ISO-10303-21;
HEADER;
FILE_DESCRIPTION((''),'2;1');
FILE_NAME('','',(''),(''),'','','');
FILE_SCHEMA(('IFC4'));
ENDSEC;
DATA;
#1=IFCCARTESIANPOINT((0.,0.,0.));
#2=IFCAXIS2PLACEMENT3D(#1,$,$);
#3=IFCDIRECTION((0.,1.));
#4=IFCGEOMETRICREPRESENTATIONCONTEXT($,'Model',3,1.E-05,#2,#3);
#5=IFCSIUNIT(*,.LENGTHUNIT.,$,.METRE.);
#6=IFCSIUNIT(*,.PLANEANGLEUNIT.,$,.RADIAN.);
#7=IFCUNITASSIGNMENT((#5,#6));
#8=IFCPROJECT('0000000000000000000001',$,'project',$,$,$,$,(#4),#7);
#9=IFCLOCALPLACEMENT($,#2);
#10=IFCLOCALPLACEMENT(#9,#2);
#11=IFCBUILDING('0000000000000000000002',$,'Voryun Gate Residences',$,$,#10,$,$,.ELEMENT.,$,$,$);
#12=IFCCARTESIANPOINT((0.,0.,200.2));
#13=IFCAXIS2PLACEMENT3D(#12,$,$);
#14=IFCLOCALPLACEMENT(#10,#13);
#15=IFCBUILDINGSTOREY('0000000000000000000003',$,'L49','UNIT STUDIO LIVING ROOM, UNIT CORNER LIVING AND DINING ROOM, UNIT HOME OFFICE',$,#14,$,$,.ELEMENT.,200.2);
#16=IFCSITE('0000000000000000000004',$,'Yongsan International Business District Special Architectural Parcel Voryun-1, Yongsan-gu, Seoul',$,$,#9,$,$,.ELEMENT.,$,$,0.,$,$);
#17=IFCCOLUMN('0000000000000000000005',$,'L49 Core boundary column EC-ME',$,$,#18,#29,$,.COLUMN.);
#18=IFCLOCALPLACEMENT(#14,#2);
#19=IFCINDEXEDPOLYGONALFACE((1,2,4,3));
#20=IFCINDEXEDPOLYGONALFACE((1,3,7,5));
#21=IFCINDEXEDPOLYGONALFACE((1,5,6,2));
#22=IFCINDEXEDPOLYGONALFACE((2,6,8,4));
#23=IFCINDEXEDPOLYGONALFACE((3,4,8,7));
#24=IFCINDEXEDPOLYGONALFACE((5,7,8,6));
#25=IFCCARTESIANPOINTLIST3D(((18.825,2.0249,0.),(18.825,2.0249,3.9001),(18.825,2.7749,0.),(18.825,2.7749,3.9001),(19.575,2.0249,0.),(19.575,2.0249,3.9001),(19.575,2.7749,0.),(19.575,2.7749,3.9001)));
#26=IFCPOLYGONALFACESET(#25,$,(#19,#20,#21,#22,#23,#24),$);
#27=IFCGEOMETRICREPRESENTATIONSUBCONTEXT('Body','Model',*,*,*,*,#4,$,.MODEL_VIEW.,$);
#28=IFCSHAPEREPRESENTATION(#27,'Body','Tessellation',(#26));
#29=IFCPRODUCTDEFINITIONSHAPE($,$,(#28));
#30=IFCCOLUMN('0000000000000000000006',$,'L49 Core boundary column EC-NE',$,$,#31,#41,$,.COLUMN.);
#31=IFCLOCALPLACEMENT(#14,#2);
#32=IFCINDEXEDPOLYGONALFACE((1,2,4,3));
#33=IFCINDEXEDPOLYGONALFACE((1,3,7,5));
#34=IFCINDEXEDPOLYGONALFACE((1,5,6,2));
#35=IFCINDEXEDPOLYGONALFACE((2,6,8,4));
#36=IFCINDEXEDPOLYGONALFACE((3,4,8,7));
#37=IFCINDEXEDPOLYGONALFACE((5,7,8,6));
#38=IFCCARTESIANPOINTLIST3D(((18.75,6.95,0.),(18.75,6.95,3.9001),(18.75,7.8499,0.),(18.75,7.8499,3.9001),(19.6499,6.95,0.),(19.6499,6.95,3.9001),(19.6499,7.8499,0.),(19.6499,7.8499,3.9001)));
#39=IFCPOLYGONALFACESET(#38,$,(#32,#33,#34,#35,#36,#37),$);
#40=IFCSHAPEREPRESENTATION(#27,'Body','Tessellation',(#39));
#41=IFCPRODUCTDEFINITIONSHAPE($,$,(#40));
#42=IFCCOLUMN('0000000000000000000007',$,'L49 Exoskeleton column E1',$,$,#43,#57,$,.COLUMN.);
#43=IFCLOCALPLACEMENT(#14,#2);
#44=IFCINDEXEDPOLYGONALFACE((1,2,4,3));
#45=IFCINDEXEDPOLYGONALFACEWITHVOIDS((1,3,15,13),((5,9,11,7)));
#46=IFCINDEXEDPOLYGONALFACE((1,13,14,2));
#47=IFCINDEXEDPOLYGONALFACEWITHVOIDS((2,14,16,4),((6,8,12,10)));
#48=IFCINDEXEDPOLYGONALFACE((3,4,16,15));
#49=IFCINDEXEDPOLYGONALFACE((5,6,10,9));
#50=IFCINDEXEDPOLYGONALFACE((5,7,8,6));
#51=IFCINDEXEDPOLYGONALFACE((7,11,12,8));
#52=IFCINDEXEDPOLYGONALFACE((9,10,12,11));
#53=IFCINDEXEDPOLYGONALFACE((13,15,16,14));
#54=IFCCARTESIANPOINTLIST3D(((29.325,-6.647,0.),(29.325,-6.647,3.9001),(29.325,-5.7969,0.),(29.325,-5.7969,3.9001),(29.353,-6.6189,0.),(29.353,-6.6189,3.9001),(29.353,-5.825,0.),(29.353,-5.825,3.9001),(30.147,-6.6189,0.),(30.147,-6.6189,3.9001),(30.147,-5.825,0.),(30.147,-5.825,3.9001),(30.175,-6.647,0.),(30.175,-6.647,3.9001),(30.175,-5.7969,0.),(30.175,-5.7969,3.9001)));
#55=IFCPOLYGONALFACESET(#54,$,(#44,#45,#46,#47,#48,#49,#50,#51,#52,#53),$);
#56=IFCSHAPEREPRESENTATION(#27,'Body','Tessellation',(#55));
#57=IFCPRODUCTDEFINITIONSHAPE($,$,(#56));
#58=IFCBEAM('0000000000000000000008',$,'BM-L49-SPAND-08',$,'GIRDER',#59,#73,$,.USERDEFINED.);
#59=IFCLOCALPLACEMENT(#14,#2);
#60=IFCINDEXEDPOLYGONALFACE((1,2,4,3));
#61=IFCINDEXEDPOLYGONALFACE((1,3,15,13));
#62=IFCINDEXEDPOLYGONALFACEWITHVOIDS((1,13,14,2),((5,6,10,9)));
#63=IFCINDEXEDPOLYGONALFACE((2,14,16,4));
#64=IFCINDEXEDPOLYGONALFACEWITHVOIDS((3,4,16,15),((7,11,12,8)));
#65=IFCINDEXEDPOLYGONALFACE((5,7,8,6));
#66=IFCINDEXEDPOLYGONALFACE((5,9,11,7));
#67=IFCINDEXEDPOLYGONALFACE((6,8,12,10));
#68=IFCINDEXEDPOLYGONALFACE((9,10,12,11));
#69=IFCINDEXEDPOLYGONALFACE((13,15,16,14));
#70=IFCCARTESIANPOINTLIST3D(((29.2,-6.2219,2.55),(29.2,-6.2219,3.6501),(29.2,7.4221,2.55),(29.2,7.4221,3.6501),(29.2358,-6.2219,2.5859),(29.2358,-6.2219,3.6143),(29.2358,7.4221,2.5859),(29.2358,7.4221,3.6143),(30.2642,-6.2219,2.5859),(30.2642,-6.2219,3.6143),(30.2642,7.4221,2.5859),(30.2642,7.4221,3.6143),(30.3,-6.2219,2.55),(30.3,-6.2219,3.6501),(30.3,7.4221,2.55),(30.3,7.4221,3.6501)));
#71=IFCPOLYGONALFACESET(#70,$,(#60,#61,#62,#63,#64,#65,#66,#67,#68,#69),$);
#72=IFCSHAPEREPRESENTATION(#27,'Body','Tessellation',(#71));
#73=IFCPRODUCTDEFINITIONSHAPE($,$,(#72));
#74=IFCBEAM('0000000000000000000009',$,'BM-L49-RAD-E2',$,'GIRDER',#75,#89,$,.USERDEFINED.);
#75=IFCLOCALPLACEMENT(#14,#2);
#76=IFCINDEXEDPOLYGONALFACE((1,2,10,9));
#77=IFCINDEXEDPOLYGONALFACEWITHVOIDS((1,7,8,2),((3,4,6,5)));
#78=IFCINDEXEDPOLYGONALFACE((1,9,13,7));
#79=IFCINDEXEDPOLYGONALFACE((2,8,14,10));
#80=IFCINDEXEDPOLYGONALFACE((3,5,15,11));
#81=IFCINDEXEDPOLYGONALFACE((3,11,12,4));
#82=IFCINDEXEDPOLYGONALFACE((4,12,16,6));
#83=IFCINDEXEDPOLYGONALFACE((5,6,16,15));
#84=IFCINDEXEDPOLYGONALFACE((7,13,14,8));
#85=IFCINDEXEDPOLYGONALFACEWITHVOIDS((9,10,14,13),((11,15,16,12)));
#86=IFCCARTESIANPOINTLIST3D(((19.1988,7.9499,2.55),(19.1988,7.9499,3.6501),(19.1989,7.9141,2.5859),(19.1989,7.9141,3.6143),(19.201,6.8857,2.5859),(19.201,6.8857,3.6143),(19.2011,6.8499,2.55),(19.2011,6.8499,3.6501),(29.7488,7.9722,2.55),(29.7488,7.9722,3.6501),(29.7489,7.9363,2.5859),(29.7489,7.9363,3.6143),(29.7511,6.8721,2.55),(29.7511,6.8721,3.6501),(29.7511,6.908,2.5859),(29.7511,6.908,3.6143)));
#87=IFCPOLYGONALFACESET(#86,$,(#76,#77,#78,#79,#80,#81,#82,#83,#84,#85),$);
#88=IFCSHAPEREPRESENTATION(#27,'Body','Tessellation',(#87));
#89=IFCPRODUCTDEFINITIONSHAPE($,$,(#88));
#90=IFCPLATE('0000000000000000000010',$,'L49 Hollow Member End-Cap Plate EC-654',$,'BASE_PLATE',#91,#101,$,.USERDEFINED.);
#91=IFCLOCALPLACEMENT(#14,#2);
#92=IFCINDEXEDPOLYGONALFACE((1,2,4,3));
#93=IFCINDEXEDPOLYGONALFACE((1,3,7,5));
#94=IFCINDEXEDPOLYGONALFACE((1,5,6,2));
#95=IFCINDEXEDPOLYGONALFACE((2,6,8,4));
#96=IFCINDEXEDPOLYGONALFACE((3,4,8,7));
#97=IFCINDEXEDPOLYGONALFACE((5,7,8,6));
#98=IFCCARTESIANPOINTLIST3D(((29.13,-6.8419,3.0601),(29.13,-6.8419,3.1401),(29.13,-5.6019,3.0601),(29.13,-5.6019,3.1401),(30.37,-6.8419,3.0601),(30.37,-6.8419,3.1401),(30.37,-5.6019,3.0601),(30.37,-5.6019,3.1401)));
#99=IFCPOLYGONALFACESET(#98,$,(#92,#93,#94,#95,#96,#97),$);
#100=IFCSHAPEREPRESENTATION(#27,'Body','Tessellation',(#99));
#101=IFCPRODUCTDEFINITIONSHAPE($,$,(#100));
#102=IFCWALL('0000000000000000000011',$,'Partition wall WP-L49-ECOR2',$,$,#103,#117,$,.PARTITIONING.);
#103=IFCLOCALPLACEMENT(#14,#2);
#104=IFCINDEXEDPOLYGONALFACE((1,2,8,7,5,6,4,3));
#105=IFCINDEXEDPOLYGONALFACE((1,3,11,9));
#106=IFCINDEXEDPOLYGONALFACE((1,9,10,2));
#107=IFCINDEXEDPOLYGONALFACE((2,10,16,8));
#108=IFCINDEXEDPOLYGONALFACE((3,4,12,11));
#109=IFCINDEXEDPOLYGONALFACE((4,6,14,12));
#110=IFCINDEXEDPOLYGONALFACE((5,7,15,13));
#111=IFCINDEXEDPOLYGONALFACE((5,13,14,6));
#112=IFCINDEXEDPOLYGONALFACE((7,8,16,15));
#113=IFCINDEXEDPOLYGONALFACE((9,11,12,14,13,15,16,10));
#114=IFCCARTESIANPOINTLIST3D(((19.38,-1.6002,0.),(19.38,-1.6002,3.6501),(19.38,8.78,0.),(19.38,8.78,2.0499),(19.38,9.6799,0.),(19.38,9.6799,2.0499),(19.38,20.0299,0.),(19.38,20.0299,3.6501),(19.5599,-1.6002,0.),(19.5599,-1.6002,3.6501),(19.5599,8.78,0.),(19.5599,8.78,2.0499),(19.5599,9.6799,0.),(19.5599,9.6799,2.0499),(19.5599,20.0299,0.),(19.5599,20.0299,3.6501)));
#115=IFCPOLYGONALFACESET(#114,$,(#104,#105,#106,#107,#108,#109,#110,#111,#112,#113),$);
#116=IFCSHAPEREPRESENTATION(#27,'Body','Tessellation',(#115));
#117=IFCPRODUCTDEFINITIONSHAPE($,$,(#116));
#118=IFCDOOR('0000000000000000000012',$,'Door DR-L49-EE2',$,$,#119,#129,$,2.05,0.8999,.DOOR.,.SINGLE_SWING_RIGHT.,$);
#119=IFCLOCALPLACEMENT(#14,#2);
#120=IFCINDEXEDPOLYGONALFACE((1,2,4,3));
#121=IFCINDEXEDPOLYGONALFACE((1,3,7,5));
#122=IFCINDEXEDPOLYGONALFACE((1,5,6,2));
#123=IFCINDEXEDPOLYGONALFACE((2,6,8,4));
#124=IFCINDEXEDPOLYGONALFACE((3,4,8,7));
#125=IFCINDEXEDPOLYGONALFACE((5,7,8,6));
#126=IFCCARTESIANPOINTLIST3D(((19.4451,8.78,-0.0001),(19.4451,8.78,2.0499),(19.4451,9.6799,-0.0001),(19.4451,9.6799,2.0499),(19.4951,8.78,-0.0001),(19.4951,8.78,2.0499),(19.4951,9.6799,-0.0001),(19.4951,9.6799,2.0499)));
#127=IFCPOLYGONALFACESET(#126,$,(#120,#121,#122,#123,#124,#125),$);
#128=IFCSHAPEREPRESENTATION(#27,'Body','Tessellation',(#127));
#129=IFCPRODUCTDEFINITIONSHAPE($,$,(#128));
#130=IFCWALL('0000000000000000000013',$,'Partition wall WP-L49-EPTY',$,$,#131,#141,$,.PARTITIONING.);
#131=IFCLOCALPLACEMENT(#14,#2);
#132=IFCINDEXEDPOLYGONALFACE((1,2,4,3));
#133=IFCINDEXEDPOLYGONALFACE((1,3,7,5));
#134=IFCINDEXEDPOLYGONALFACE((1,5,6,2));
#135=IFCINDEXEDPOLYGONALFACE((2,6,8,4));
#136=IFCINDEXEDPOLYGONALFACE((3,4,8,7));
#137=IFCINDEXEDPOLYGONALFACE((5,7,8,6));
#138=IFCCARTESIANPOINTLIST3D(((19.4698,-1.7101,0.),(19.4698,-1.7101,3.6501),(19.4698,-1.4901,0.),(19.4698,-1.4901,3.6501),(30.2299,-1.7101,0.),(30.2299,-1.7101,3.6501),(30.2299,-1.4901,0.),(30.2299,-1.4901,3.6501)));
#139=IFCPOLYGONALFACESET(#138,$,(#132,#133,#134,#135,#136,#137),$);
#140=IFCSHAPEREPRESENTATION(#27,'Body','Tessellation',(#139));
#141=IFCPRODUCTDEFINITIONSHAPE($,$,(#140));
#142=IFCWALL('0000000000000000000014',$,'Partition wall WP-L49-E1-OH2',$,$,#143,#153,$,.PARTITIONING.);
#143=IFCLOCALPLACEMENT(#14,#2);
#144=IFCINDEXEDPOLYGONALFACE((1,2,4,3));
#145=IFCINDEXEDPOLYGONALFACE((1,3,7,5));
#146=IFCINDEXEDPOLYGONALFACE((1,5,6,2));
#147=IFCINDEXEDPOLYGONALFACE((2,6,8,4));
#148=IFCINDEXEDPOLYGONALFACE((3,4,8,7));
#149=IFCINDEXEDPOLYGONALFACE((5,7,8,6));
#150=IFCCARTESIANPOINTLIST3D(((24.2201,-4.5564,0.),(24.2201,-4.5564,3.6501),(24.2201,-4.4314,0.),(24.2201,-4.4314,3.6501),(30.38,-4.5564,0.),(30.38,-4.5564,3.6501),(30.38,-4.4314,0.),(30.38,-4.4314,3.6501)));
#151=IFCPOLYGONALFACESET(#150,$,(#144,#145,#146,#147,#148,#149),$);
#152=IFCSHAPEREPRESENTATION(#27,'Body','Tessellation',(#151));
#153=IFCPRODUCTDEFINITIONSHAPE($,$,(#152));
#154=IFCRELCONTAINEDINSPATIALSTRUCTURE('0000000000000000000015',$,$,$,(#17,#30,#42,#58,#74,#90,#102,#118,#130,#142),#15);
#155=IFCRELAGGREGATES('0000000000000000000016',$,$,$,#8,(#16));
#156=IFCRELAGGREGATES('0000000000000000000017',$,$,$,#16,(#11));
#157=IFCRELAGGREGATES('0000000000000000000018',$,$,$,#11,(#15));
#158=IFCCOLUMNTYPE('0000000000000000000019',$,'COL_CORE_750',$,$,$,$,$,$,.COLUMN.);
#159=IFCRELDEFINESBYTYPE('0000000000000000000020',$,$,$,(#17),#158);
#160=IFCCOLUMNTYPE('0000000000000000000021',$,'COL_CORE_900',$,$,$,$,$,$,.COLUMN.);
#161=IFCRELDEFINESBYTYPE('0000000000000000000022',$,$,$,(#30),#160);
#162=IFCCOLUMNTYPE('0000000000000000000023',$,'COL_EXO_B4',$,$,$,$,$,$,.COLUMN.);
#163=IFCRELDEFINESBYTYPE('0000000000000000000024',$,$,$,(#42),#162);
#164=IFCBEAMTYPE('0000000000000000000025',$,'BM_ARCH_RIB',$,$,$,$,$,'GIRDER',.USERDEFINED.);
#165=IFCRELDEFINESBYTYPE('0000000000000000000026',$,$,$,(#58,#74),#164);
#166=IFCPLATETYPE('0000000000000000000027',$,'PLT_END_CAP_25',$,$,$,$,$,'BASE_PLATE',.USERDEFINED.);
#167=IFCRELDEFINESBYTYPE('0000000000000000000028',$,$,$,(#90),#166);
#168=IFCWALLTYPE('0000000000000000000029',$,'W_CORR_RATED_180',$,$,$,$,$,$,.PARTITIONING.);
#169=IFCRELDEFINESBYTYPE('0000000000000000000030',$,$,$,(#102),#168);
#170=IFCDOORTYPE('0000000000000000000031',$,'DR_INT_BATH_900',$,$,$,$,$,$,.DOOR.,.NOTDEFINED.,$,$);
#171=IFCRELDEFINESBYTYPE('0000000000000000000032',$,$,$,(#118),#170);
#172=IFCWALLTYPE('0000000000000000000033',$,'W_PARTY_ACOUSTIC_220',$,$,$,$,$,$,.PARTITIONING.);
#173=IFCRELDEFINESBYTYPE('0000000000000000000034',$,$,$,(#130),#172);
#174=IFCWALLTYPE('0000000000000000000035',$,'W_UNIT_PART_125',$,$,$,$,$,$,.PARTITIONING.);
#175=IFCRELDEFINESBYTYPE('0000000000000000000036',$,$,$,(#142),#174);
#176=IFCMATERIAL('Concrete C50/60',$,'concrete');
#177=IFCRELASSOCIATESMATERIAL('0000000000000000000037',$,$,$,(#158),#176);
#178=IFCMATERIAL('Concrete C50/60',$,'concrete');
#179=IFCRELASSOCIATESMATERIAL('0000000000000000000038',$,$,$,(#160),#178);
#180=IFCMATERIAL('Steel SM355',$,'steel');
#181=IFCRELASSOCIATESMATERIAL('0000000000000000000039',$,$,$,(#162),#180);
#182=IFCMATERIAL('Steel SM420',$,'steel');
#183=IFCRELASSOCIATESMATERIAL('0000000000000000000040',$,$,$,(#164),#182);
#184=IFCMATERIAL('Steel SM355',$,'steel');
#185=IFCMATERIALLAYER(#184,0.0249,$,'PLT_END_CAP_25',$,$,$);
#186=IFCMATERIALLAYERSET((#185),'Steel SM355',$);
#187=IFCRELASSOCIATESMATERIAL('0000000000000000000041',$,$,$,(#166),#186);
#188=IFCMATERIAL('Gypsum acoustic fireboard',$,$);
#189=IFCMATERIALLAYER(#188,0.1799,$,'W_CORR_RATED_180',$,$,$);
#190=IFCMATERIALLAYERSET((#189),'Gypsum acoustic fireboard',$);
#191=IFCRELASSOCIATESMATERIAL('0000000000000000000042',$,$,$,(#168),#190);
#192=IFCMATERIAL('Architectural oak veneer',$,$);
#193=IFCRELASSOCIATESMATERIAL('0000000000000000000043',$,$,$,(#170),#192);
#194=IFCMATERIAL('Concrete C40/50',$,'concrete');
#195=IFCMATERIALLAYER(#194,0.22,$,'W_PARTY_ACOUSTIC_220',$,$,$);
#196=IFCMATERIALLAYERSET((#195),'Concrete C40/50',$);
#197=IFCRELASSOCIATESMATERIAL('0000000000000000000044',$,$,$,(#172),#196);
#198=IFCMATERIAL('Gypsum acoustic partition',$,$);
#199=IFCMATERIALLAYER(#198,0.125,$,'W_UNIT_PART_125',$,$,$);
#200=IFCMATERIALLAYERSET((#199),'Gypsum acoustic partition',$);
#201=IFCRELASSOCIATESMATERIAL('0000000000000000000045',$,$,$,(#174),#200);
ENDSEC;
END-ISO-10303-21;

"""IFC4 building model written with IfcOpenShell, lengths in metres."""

from ifc_helpers import new_model, si_unit, direction, frame, frame_2d, origin, origin_2d, place, context, subcontext, project, spatial, rectangle, hollow_rectangle, extrude, material, layer, layer_set, material_profile, profile_set, type_object, element, fill, save


model = new_model("IFC4")

# Units and contexts
model_context = context("Model", 3, precision=1e-05, world=origin(), true_north=direction((0.0, 1.0)))
body_context = subcontext(model_context, "Body", "Model", "MODEL_VIEW")
ifc_project = project(units=[si_unit("LENGTHUNIT", "METRE"), si_unit("PLANEANGLEUNIT", "RADIAN")], contexts=[model_context])

# Site, building, storey
site_placement = place(None, origin())
site = spatial("IfcSite", under=ifc_project, at=site_placement, Name="Yongsan International Business District Special Architectural Parcel Voryun-1, Yongsan-gu, Seoul", CompositionType="ELEMENT", RefElevation=0.0)
building_placement = place(site_placement, origin())
building = spatial("IfcBuilding", under=site, at=building_placement, Name="Voryun Gate Residences", CompositionType="ELEMENT")
storey_placement = place(building_placement, frame((0.0, 0.0, 200.2)))
storey = spatial("IfcBuildingStorey", under=building, at=storey_placement, Name="L49", Description="UNIT STUDIO LIVING ROOM, UNIT CORNER LIVING AND DINING ROOM, UNIT HOME OFFICE", CompositionType="ELEMENT", Elevation=200.2)

# Columns
ifc_material_1 = material(Name="Concrete C50/60", Category="concrete")
ifc_material_profile_1 = material_profile(ifc_material_1, rectangle(XDim=0.75, YDim=0.75, at=origin_2d()), Name="RC-750x750")
ifc_profile_set_1 = profile_set([ifc_material_profile_1], Name="Concrete C50/60")
column_type_1 = type_object("IfcColumnType", Name="COL_CORE_750", PredefinedType="COLUMN", material=ifc_profile_set_1)
column_1_placement = place(storey_placement, frame((19.2, 2.3999, 0.0), z_axis=(0.0, 0.0, 1.0), x_axis=(1.0, 0.0, 0.0)))
element("IfcColumn", 1, at=column_1_placement, inside=storey, type_object=column_type_1, Name="L49 Core boundary column EC-ME", PredefinedType="COLUMN", context=body_context, shape_type="SweptSolid", body=[
    extrude(rectangle(XDim=0.75, YDim=0.75, at=origin_2d()), origin(), (0.0, 0.0, 1.0), 3.9001),
])
ifc_material_2 = material(Name="Concrete C50/60", Category="concrete")
ifc_material_profile_2 = material_profile(ifc_material_2, rectangle(XDim=0.8999, YDim=0.8999, at=origin_2d()), Name="RC-900x900")
ifc_profile_set_2 = profile_set([ifc_material_profile_2], Name="Concrete C50/60")
column_type_2 = type_object("IfcColumnType", Name="COL_CORE_900", PredefinedType="COLUMN", material=ifc_profile_set_2)
column_2_placement = place(storey_placement, frame((19.2, 7.3999, 0.0), z_axis=(0.0, 0.0, 1.0), x_axis=(1.0, 0.0, 0.0)))
element("IfcColumn", 2, at=column_2_placement, inside=storey, type_object=column_type_2, Name="L49 Core boundary column EC-NE", PredefinedType="COLUMN", context=body_context, shape_type="SweptSolid", body=[
    extrude(rectangle(XDim=0.8999, YDim=0.8999, at=origin_2d()), origin(), (0.0, 0.0, 1.0), 3.9001),
])
ifc_material_3 = material(Name="Steel SM355", Category="steel")
ifc_material_profile_3 = material_profile(ifc_material_3, hollow_rectangle(XDim=0.8501, YDim=0.8501, WallThickness=0.0281, at=origin_2d()), Name="BOX-850x850x28")
ifc_profile_set_3 = profile_set([ifc_material_profile_3], Name="Steel SM355")
column_type_3 = type_object("IfcColumnType", Name="COL_EXO_B4", PredefinedType="COLUMN", material=ifc_profile_set_3)
column_3_placement = place(storey_placement, frame((29.75, -6.2219, 0.0), z_axis=(0.0, 0.0, 1.0), x_axis=(1.0, 0.0, 0.0)))
element("IfcColumn", 3, at=column_3_placement, inside=storey, type_object=column_type_3, Name="L49 Exoskeleton column E1", PredefinedType="COLUMN", context=body_context, shape_type="SweptSolid", body=[
    extrude(hollow_rectangle(XDim=0.8501, YDim=0.8501, WallThickness=0.0281, at=origin_2d()), origin(), (0.0, 0.0, 1.0), 3.9001),
])

# Beams
ifc_material_4 = material(Name="Steel SM420", Category="steel")
ifc_material_profile_4 = material_profile(ifc_material_4, hollow_rectangle(XDim=1.1001, YDim=1.1001, WallThickness=0.0359, at=origin_2d()), Name="BOX-1100x1100x36")
ifc_profile_set_4 = profile_set([ifc_material_profile_4], Name="Steel SM420")
beam_type = type_object("IfcBeamType", Name="BM_ARCH_RIB", ElementType="GIRDER", PredefinedType="USERDEFINED", material=ifc_profile_set_4)
beam_1_placement = place(storey_placement, frame((29.75, -6.2219, 3.1001), z_axis=(0.0, 1.0, 0.0), x_axis=(-1.0, 0.0, 0.0)))
element("IfcBeam", 4, at=beam_1_placement, inside=storey, type_object=beam_type, Name="BM-L49-SPAND-08", ObjectType="GIRDER", PredefinedType="USERDEFINED", context=body_context, shape_type="SweptSolid", body=[
    extrude(hollow_rectangle(XDim=1.1001, YDim=1.1001, WallThickness=0.0359, at=origin_2d()), origin(), (0.0, 0.0, 1.0), 13.644),
])
beam_2_placement = place(storey_placement, frame((19.2, 7.3999, 3.1001), z_axis=(0.999998, 0.002106, 0.0), x_axis=(-0.002106, 0.999998, 0.0)))
element("IfcBeam", 5, at=beam_2_placement, inside=storey, type_object=beam_type, Name="BM-L49-RAD-E2", ObjectType="GIRDER", PredefinedType="USERDEFINED", context=body_context, shape_type="SweptSolid", body=[
    extrude(hollow_rectangle(XDim=1.1001, YDim=1.1001, WallThickness=0.0359, at=origin_2d()), origin(), (0.0, 0.0, 1.0), 10.55),
])

# Plate
ifc_material_5 = material(Name="Steel SM355", Category="steel")
ifc_layer_1 = layer(ifc_material_5, 0.0249, Name="PLT_END_CAP_25")
ifc_layer_set_1 = layer_set([ifc_layer_1], Name="Steel SM355")
plate_type = type_object("IfcPlateType", Name="PLT_END_CAP_25", ElementType="BASE_PLATE", PredefinedType="USERDEFINED", material=ifc_layer_set_1)
plate_placement = place(storey_placement, frame((29.75, -6.2219, 3.0601), z_axis=(0.0, 0.0, 1.0), x_axis=(1.0, 0.0, 0.0)))
element("IfcPlate", 6, at=plate_placement, inside=storey, type_object=plate_type, Name="L49 Hollow Member End-Cap Plate EC-654", ObjectType="BASE_PLATE", PredefinedType="USERDEFINED", context=body_context, shape_type="SweptSolid", body=[
    extrude(rectangle(XDim=1.24, YDim=1.24, at=origin_2d()), origin(), (0.0, 0.0, 1.0), 0.0801),
])

# Wall, opening, door
ifc_material_6 = material(Name="Gypsum acoustic fireboard")
ifc_layer_2 = layer(ifc_material_6, 0.1799, Name="W_CORR_RATED_180")
ifc_layer_set_2 = layer_set([ifc_layer_2], Name="Gypsum acoustic fireboard")
wall_type_1 = type_object("IfcWallType", Name="W_CORR_RATED_180", PredefinedType="PARTITIONING", material=ifc_layer_set_2)
wall_1_placement = place(storey_placement, frame((19.47, -1.6001, 0.0), z_axis=(0.0, 0.0, 1.0), x_axis=(0.0, 1.0, 0.0)))
wall_1 = element("IfcWall", 7, at=wall_1_placement, inside=storey, type_object=wall_type_1, Name="Partition wall WP-L49-ECOR2", PredefinedType="PARTITIONING", context=body_context, shape_type="SweptSolid", body=[
    extrude(rectangle(XDim=21.6301, YDim=0.1799, at=frame_2d((10.8149, 0.0))), origin(), (0.0, 0.0, 1.0), 3.6501),
])
opening_1_placement = place(wall_1_placement, frame((10.3801, 0.0, 0.0)))
opening_1 = element("IfcOpeningElement", 8, at=opening_1_placement, cuts=wall_1, PredefinedType="OPENING", context=body_context, shape_type="SweptSolid", body=[
    extrude(rectangle(XDim=0.8999, YDim=2.05, at=frame_2d((0.45, 1.0249))), frame((0.0, 0.0999, 0.0), z_axis=(0.0, -1.0, 0.0), x_axis=(1.0, 0.0, 0.0)), (0.0, 0.0, 1.0), 0.2),
])
ifc_material_7 = material(Name="Architectural oak veneer")
door_type_1 = type_object("IfcDoorType", Name="DR_INT_BATH_900", OperationType="NOTDEFINED", PredefinedType="DOOR", material=ifc_material_7)
door_1_placement = place(opening_1_placement, origin())
door_1 = element("IfcDoor", 9, at=door_1_placement, inside=storey, type_object=door_type_1, Name="Door DR-L49-EE2", OperationType="SINGLE_SWING_RIGHT", OverallHeight=2.05, OverallWidth=0.8999, PredefinedType="DOOR", context=body_context, shape_type="SweptSolid", body=[
    extrude(rectangle(XDim=0.8999, YDim=2.05, at=frame_2d((0.45, 1.0249))), frame((0.0, 0.0249, 0.0), z_axis=(0.0, -1.0, 0.0), x_axis=(1.0, 0.0, 0.0)), (0.0, 0.0, 1.0), 0.05),
])
fill(opening_1, door_1)

# Walls
ifc_material_8 = material(Name="Concrete C40/50", Category="concrete")
ifc_layer_3 = layer(ifc_material_8, 0.22, Name="W_PARTY_ACOUSTIC_220")
ifc_layer_set_3 = layer_set([ifc_layer_3], Name="Concrete C40/50")
wall_type_2 = type_object("IfcWallType", Name="W_PARTY_ACOUSTIC_220", PredefinedType="PARTITIONING", material=ifc_layer_set_3)
wall_2_placement = place(storey_placement, frame((19.47, -1.6001, 0.0), z_axis=(0.0, 0.0, 1.0), x_axis=(1.0, 0.0, 0.0)))
element("IfcWall", 10, at=wall_2_placement, inside=storey, type_object=wall_type_2, Name="Partition wall WP-L49-EPTY", PredefinedType="PARTITIONING", context=body_context, shape_type="SweptSolid", body=[
    extrude(rectangle(XDim=10.76, YDim=0.22, at=frame_2d((5.3799, 0.0))), origin(), (0.0, 0.0, 1.0), 3.6501),
])
ifc_material_9 = material(Name="Gypsum acoustic partition")
ifc_layer_4 = layer(ifc_material_9, 0.125, Name="W_UNIT_PART_125")
ifc_layer_set_4 = layer_set([ifc_layer_4], Name="Gypsum acoustic partition")
wall_type_3 = type_object("IfcWallType", Name="W_UNIT_PART_125", PredefinedType="PARTITIONING", material=ifc_layer_set_4)
wall_3_placement = place(storey_placement, frame((24.22, -4.4939, 0.0), z_axis=(0.0, 0.0, 1.0), x_axis=(1.0, 0.0, 0.0)))
element("IfcWall", 11, at=wall_3_placement, inside=storey, type_object=wall_type_3, Name="Partition wall WP-L49-E1-OH2", PredefinedType="PARTITIONING", context=body_context, shape_type="SweptSolid", body=[
    extrude(rectangle(XDim=6.1599, YDim=0.125, at=frame_2d((3.0801, 0.0))), origin(), (0.0, 0.0, 1.0), 3.6501),
])

save(model, "model.ifc")
